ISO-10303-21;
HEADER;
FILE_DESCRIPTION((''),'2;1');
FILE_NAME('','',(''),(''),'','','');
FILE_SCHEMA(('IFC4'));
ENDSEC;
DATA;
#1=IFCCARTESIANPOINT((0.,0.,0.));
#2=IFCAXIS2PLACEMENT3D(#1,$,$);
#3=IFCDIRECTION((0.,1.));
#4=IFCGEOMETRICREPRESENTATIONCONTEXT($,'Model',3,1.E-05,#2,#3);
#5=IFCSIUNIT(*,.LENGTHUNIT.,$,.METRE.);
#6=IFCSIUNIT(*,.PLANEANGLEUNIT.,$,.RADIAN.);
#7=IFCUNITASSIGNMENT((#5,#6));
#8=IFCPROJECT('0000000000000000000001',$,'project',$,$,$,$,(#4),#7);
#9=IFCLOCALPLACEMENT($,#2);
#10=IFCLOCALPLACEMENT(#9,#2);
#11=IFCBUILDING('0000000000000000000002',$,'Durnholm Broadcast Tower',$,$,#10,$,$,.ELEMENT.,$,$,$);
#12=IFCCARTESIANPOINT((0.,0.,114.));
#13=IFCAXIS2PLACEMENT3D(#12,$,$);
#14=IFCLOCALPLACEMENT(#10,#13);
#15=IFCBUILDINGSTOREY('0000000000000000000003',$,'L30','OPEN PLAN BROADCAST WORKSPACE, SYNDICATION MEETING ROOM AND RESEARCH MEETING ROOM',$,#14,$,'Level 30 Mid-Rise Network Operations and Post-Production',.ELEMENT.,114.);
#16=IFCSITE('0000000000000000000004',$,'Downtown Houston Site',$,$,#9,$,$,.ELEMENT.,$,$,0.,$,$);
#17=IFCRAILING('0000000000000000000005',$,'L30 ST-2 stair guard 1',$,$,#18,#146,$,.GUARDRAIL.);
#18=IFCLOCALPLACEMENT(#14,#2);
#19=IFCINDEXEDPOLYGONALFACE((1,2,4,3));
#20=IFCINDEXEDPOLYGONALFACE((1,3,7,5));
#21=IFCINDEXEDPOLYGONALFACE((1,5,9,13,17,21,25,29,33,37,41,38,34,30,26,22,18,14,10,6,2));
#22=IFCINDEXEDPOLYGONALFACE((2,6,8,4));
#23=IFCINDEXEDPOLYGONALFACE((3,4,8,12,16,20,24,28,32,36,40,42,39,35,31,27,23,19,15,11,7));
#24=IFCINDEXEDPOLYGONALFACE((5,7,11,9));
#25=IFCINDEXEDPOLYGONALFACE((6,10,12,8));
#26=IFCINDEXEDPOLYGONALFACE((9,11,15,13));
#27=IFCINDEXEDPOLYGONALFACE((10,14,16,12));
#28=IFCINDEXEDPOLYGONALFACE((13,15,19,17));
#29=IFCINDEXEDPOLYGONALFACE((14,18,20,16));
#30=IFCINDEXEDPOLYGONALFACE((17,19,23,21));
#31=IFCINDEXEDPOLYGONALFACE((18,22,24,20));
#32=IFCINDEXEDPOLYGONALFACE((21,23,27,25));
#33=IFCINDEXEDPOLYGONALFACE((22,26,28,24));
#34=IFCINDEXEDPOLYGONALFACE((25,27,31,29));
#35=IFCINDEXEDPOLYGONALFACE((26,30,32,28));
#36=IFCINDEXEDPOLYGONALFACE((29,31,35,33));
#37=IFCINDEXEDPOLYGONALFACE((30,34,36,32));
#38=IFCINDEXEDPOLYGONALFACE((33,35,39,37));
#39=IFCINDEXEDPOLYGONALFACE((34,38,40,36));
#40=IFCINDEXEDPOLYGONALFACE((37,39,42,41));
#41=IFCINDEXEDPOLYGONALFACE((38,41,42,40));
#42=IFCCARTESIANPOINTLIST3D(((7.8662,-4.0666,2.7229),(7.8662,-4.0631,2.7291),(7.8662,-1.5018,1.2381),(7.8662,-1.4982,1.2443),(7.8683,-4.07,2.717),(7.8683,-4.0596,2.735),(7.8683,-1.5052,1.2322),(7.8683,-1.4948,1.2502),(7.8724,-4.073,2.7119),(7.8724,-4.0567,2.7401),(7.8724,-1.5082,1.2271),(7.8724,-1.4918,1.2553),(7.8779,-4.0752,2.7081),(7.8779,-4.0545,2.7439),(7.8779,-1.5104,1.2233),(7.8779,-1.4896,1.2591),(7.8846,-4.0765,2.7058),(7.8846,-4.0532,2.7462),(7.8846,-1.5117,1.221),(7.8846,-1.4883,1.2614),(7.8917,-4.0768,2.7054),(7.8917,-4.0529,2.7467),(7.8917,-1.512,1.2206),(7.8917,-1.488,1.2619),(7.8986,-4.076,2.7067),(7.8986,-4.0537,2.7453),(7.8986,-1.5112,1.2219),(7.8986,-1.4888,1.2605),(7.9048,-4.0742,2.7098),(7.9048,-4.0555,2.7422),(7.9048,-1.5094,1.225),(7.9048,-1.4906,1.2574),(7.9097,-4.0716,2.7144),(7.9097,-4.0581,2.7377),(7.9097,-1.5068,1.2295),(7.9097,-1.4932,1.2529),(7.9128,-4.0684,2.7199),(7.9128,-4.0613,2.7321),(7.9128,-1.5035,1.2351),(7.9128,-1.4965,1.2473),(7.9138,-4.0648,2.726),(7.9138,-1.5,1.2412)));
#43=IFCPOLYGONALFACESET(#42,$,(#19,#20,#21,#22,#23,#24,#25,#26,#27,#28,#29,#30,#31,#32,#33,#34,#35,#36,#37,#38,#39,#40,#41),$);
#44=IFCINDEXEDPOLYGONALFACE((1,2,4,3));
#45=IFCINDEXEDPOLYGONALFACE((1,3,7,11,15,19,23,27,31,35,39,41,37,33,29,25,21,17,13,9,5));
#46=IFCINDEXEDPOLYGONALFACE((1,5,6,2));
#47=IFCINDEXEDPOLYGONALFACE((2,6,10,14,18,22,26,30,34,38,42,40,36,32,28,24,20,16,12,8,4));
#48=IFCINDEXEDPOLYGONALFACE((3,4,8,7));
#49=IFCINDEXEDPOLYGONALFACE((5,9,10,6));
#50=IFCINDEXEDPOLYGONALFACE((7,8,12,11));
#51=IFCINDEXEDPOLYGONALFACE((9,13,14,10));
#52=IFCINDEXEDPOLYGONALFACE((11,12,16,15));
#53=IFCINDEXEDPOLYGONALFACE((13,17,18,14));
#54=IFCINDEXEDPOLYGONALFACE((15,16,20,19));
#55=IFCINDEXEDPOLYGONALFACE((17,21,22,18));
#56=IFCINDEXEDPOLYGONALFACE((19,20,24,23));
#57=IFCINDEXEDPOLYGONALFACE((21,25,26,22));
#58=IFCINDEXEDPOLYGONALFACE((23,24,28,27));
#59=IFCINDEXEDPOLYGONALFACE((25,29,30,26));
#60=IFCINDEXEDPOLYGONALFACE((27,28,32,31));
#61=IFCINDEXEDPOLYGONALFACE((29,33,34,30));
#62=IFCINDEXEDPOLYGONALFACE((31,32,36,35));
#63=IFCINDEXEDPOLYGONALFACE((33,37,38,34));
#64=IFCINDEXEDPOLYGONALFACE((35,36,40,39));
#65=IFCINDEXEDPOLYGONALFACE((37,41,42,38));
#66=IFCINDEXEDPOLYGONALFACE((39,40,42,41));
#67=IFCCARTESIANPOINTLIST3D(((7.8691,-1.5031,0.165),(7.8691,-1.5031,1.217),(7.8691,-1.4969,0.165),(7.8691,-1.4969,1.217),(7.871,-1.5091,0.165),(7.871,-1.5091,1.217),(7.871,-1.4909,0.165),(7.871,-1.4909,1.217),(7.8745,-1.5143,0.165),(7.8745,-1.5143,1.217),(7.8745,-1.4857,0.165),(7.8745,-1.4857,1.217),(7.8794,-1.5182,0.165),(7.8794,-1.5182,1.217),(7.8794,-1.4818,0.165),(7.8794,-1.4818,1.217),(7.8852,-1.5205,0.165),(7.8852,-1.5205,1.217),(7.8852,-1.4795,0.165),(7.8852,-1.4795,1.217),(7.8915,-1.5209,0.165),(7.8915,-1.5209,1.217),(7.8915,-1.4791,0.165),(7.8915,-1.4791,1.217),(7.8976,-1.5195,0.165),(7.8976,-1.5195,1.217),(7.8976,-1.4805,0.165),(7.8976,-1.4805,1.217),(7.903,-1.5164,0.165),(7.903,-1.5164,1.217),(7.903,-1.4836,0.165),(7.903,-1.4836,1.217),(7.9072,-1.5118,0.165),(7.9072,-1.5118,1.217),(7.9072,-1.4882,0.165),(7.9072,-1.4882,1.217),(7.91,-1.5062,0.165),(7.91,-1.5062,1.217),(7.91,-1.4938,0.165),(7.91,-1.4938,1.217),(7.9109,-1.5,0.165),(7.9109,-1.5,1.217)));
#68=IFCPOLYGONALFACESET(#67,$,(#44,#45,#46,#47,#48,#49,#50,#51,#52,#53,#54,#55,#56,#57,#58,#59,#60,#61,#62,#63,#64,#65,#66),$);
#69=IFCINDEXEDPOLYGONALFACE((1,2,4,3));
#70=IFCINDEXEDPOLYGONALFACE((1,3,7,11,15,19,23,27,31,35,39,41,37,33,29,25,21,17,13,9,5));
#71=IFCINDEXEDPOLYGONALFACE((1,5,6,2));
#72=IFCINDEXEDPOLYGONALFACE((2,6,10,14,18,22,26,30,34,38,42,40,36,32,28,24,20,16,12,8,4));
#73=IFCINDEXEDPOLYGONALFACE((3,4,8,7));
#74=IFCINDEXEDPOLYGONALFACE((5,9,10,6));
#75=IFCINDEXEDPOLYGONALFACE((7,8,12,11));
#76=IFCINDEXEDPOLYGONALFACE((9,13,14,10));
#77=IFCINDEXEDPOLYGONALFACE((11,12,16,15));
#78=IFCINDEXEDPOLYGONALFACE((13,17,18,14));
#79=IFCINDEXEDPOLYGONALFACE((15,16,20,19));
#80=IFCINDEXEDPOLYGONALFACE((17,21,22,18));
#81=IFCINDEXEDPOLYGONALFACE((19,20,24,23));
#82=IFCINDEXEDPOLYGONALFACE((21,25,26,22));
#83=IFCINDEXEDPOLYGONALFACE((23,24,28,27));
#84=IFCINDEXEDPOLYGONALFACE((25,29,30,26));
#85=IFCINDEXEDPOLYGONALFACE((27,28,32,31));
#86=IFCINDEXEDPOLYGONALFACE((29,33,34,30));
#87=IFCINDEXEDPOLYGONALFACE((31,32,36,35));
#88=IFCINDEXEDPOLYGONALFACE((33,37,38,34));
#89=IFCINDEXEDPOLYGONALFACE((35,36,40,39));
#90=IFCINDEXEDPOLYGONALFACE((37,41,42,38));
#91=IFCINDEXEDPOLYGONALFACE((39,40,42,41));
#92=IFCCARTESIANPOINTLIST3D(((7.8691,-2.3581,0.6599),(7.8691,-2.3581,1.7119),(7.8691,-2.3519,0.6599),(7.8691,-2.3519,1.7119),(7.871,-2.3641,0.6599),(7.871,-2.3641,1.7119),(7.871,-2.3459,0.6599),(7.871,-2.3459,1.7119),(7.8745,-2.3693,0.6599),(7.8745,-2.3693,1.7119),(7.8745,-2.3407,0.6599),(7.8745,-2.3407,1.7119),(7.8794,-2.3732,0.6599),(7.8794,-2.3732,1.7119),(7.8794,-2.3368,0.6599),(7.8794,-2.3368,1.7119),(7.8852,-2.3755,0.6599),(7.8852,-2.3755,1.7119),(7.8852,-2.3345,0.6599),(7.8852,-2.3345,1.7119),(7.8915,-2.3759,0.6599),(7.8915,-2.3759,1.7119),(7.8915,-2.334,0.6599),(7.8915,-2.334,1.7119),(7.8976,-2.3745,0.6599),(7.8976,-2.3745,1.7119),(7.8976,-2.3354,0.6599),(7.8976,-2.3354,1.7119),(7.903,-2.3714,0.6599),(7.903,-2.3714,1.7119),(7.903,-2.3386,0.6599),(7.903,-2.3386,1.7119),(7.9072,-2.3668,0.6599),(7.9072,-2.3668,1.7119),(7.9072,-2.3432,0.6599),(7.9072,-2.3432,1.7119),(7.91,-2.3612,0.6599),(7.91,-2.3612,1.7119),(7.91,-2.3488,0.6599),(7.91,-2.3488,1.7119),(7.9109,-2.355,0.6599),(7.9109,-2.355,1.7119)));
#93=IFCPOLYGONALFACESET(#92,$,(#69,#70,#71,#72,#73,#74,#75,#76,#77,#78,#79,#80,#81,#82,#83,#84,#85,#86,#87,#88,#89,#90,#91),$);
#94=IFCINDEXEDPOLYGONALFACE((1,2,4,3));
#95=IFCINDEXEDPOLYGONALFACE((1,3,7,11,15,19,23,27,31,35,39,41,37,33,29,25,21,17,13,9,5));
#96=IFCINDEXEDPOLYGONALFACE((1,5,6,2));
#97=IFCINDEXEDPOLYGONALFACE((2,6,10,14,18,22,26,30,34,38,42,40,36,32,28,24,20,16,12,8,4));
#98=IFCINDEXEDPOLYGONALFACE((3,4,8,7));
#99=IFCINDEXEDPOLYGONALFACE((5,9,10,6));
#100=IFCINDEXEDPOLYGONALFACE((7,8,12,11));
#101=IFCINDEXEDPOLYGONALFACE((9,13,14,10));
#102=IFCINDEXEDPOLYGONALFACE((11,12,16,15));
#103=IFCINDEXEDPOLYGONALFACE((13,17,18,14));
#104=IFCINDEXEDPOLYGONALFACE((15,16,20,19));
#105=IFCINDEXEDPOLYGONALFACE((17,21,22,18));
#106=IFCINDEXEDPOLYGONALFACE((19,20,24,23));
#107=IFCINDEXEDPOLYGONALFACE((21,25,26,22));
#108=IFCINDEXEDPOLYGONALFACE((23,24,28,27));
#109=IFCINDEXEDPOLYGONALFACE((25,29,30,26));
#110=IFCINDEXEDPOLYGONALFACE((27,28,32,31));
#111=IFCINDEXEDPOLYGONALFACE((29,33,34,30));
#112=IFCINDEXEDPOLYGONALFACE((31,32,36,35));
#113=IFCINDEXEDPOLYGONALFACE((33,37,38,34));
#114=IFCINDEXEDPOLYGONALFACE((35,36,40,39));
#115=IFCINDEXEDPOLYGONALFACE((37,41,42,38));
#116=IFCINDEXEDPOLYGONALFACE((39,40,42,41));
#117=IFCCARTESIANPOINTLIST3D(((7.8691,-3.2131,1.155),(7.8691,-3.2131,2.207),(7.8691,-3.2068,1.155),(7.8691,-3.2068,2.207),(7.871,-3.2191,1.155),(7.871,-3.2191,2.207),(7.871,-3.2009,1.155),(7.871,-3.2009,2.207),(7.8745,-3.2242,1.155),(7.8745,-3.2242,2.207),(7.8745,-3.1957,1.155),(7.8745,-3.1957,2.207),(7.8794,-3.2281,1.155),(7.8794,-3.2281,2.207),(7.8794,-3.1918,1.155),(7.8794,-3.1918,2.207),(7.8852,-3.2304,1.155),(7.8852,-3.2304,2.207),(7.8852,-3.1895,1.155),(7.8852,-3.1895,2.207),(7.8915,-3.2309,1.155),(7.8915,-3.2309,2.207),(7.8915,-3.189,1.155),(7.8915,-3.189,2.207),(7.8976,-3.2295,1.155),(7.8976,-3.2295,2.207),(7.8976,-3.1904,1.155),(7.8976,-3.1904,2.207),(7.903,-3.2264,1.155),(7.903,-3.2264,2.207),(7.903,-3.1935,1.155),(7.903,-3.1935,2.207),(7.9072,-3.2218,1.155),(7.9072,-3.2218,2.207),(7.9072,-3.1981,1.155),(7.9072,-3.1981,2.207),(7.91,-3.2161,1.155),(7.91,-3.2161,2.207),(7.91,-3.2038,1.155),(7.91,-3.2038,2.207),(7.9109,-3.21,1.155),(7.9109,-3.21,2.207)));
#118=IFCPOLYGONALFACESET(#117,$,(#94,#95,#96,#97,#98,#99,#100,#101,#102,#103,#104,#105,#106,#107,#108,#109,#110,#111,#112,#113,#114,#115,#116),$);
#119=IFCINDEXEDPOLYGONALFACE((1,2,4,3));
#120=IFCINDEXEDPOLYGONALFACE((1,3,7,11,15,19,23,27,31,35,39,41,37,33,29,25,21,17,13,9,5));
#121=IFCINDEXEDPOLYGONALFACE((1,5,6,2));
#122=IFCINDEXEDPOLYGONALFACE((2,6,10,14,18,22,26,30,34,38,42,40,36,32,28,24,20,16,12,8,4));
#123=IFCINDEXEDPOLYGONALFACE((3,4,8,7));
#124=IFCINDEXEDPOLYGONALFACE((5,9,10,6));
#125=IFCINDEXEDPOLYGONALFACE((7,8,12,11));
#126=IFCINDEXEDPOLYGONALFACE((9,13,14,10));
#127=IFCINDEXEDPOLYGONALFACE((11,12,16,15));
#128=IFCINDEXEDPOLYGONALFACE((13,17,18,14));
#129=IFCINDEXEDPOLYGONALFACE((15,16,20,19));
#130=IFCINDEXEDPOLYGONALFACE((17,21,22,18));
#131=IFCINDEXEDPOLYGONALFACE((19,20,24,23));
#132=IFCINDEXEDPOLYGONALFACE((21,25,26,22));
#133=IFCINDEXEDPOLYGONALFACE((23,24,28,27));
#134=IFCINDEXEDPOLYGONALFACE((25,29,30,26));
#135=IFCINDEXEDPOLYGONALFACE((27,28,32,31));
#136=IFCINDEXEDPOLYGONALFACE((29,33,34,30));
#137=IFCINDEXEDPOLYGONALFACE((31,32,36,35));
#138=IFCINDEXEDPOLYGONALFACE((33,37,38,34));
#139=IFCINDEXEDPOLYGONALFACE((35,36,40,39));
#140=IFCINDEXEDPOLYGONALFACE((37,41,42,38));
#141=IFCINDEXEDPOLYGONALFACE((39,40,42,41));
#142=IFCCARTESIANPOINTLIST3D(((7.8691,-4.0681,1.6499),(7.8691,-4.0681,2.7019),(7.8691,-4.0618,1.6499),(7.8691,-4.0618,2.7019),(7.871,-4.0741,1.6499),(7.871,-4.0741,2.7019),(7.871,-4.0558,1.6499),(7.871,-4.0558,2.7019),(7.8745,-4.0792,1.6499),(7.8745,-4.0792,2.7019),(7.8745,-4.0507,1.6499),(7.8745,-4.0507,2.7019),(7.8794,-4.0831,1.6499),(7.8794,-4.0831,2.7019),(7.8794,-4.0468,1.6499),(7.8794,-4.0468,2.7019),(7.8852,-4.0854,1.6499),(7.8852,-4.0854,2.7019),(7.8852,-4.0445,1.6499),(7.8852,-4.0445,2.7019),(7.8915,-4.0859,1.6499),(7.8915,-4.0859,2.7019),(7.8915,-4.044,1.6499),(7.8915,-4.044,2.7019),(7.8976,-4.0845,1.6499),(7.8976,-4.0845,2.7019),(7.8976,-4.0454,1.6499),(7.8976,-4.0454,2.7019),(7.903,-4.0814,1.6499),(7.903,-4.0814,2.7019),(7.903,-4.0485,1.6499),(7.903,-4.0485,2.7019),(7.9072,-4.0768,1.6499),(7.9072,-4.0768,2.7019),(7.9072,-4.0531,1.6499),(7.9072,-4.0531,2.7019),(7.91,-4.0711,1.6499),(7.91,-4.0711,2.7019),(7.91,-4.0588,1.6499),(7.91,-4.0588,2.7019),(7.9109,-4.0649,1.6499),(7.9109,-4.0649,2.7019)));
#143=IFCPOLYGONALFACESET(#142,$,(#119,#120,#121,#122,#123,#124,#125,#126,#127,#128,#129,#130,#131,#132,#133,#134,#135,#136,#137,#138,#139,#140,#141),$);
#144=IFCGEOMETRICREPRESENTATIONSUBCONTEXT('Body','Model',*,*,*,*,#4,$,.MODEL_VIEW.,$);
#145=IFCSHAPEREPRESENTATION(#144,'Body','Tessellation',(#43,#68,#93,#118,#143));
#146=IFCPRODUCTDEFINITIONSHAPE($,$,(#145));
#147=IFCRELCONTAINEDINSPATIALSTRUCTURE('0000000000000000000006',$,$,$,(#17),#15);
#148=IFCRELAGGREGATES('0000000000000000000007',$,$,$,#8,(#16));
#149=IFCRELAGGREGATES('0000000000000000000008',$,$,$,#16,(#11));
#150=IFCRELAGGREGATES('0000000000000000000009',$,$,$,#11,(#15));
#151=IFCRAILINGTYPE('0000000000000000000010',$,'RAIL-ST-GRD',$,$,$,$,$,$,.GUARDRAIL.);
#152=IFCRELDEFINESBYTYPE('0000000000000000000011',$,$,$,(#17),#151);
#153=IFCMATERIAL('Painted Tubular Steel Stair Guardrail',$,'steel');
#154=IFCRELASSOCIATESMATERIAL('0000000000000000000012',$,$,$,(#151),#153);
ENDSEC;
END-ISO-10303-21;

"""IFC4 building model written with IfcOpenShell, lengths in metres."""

from ifc_helpers import new_model, si_unit, direction, frame, origin, origin_2d, place, context, subcontext, project, spatial, circle, extrude, material, type_object, element, save


model = new_model("IFC4")

# Units and contexts
model_context = context("Model", 3, precision=1e-05, world=origin(), true_north=direction((0.0, 1.0)))
body_context = subcontext(model_context, "Body", "Model", "MODEL_VIEW")
ifc_project = project(units=[si_unit("LENGTHUNIT", "METRE"), si_unit("PLANEANGLEUNIT", "RADIAN")], contexts=[model_context])

# Site, building, storey
site_placement = place(None, origin())
site = spatial("IfcSite", under=ifc_project, at=site_placement, Name="Downtown Houston Site", CompositionType="ELEMENT", RefElevation=0.0)
building_placement = place(site_placement, origin())
building = spatial("IfcBuilding", under=site, at=building_placement, Name="Durnholm Broadcast Tower", CompositionType="ELEMENT")
storey_placement = place(building_placement, frame((0.0, 0.0, 114.0)))
storey = spatial("IfcBuildingStorey", under=building, at=storey_placement, Name="L30", Description="OPEN PLAN BROADCAST WORKSPACE, SYNDICATION MEETING ROOM AND RESEARCH MEETING ROOM", LongName="Level 30 Mid-Rise Network Operations and Post-Production", CompositionType="ELEMENT", Elevation=114.0)

# Railing
ifc_material_1 = material(Name="Painted Tubular Steel Stair Guardrail", Category="steel")
railing_type_1 = type_object("IfcRailingType", Name="RAIL-ST-GRD", PredefinedType="GUARDRAIL", material=ifc_material_1)
railing_1_placement = place(storey_placement, frame((7.8899, -1.5, 0.165)))
element("IfcRailing", 1, at=railing_1_placement, inside=storey, type_object=railing_type_1, Name="L30 ST-2 stair guard 1", PredefinedType="GUARDRAIL", context=body_context, shape_type="SweptSolid", body=[
    extrude(circle(Radius=0.0239, at=origin_2d()), frame((0.0, 0.0, 1.0762), z_axis=(0.0, -0.865441, 0.50101), x_axis=(1.0, 0.0, 0.0)), (0.0, 0.0, 1.0), 2.9636),
    extrude(circle(Radius=0.021, at=origin_2d()), origin(), (0.0, 0.0, 1.0), 1.052),
    extrude(circle(Radius=0.021, at=origin_2d()), frame((0.0, -0.855, 0.4949)), (0.0, 0.0, 1.0), 1.052),
    extrude(circle(Radius=0.021, at=origin_2d()), frame((0.0, -1.71, 0.99)), (0.0, 0.0, 1.0), 1.052),
    extrude(circle(Radius=0.021, at=origin_2d()), frame((0.0, -2.5649, 1.4849)), (0.0, 0.0, 1.0), 1.052),
])

save(model, "model.ifc")
